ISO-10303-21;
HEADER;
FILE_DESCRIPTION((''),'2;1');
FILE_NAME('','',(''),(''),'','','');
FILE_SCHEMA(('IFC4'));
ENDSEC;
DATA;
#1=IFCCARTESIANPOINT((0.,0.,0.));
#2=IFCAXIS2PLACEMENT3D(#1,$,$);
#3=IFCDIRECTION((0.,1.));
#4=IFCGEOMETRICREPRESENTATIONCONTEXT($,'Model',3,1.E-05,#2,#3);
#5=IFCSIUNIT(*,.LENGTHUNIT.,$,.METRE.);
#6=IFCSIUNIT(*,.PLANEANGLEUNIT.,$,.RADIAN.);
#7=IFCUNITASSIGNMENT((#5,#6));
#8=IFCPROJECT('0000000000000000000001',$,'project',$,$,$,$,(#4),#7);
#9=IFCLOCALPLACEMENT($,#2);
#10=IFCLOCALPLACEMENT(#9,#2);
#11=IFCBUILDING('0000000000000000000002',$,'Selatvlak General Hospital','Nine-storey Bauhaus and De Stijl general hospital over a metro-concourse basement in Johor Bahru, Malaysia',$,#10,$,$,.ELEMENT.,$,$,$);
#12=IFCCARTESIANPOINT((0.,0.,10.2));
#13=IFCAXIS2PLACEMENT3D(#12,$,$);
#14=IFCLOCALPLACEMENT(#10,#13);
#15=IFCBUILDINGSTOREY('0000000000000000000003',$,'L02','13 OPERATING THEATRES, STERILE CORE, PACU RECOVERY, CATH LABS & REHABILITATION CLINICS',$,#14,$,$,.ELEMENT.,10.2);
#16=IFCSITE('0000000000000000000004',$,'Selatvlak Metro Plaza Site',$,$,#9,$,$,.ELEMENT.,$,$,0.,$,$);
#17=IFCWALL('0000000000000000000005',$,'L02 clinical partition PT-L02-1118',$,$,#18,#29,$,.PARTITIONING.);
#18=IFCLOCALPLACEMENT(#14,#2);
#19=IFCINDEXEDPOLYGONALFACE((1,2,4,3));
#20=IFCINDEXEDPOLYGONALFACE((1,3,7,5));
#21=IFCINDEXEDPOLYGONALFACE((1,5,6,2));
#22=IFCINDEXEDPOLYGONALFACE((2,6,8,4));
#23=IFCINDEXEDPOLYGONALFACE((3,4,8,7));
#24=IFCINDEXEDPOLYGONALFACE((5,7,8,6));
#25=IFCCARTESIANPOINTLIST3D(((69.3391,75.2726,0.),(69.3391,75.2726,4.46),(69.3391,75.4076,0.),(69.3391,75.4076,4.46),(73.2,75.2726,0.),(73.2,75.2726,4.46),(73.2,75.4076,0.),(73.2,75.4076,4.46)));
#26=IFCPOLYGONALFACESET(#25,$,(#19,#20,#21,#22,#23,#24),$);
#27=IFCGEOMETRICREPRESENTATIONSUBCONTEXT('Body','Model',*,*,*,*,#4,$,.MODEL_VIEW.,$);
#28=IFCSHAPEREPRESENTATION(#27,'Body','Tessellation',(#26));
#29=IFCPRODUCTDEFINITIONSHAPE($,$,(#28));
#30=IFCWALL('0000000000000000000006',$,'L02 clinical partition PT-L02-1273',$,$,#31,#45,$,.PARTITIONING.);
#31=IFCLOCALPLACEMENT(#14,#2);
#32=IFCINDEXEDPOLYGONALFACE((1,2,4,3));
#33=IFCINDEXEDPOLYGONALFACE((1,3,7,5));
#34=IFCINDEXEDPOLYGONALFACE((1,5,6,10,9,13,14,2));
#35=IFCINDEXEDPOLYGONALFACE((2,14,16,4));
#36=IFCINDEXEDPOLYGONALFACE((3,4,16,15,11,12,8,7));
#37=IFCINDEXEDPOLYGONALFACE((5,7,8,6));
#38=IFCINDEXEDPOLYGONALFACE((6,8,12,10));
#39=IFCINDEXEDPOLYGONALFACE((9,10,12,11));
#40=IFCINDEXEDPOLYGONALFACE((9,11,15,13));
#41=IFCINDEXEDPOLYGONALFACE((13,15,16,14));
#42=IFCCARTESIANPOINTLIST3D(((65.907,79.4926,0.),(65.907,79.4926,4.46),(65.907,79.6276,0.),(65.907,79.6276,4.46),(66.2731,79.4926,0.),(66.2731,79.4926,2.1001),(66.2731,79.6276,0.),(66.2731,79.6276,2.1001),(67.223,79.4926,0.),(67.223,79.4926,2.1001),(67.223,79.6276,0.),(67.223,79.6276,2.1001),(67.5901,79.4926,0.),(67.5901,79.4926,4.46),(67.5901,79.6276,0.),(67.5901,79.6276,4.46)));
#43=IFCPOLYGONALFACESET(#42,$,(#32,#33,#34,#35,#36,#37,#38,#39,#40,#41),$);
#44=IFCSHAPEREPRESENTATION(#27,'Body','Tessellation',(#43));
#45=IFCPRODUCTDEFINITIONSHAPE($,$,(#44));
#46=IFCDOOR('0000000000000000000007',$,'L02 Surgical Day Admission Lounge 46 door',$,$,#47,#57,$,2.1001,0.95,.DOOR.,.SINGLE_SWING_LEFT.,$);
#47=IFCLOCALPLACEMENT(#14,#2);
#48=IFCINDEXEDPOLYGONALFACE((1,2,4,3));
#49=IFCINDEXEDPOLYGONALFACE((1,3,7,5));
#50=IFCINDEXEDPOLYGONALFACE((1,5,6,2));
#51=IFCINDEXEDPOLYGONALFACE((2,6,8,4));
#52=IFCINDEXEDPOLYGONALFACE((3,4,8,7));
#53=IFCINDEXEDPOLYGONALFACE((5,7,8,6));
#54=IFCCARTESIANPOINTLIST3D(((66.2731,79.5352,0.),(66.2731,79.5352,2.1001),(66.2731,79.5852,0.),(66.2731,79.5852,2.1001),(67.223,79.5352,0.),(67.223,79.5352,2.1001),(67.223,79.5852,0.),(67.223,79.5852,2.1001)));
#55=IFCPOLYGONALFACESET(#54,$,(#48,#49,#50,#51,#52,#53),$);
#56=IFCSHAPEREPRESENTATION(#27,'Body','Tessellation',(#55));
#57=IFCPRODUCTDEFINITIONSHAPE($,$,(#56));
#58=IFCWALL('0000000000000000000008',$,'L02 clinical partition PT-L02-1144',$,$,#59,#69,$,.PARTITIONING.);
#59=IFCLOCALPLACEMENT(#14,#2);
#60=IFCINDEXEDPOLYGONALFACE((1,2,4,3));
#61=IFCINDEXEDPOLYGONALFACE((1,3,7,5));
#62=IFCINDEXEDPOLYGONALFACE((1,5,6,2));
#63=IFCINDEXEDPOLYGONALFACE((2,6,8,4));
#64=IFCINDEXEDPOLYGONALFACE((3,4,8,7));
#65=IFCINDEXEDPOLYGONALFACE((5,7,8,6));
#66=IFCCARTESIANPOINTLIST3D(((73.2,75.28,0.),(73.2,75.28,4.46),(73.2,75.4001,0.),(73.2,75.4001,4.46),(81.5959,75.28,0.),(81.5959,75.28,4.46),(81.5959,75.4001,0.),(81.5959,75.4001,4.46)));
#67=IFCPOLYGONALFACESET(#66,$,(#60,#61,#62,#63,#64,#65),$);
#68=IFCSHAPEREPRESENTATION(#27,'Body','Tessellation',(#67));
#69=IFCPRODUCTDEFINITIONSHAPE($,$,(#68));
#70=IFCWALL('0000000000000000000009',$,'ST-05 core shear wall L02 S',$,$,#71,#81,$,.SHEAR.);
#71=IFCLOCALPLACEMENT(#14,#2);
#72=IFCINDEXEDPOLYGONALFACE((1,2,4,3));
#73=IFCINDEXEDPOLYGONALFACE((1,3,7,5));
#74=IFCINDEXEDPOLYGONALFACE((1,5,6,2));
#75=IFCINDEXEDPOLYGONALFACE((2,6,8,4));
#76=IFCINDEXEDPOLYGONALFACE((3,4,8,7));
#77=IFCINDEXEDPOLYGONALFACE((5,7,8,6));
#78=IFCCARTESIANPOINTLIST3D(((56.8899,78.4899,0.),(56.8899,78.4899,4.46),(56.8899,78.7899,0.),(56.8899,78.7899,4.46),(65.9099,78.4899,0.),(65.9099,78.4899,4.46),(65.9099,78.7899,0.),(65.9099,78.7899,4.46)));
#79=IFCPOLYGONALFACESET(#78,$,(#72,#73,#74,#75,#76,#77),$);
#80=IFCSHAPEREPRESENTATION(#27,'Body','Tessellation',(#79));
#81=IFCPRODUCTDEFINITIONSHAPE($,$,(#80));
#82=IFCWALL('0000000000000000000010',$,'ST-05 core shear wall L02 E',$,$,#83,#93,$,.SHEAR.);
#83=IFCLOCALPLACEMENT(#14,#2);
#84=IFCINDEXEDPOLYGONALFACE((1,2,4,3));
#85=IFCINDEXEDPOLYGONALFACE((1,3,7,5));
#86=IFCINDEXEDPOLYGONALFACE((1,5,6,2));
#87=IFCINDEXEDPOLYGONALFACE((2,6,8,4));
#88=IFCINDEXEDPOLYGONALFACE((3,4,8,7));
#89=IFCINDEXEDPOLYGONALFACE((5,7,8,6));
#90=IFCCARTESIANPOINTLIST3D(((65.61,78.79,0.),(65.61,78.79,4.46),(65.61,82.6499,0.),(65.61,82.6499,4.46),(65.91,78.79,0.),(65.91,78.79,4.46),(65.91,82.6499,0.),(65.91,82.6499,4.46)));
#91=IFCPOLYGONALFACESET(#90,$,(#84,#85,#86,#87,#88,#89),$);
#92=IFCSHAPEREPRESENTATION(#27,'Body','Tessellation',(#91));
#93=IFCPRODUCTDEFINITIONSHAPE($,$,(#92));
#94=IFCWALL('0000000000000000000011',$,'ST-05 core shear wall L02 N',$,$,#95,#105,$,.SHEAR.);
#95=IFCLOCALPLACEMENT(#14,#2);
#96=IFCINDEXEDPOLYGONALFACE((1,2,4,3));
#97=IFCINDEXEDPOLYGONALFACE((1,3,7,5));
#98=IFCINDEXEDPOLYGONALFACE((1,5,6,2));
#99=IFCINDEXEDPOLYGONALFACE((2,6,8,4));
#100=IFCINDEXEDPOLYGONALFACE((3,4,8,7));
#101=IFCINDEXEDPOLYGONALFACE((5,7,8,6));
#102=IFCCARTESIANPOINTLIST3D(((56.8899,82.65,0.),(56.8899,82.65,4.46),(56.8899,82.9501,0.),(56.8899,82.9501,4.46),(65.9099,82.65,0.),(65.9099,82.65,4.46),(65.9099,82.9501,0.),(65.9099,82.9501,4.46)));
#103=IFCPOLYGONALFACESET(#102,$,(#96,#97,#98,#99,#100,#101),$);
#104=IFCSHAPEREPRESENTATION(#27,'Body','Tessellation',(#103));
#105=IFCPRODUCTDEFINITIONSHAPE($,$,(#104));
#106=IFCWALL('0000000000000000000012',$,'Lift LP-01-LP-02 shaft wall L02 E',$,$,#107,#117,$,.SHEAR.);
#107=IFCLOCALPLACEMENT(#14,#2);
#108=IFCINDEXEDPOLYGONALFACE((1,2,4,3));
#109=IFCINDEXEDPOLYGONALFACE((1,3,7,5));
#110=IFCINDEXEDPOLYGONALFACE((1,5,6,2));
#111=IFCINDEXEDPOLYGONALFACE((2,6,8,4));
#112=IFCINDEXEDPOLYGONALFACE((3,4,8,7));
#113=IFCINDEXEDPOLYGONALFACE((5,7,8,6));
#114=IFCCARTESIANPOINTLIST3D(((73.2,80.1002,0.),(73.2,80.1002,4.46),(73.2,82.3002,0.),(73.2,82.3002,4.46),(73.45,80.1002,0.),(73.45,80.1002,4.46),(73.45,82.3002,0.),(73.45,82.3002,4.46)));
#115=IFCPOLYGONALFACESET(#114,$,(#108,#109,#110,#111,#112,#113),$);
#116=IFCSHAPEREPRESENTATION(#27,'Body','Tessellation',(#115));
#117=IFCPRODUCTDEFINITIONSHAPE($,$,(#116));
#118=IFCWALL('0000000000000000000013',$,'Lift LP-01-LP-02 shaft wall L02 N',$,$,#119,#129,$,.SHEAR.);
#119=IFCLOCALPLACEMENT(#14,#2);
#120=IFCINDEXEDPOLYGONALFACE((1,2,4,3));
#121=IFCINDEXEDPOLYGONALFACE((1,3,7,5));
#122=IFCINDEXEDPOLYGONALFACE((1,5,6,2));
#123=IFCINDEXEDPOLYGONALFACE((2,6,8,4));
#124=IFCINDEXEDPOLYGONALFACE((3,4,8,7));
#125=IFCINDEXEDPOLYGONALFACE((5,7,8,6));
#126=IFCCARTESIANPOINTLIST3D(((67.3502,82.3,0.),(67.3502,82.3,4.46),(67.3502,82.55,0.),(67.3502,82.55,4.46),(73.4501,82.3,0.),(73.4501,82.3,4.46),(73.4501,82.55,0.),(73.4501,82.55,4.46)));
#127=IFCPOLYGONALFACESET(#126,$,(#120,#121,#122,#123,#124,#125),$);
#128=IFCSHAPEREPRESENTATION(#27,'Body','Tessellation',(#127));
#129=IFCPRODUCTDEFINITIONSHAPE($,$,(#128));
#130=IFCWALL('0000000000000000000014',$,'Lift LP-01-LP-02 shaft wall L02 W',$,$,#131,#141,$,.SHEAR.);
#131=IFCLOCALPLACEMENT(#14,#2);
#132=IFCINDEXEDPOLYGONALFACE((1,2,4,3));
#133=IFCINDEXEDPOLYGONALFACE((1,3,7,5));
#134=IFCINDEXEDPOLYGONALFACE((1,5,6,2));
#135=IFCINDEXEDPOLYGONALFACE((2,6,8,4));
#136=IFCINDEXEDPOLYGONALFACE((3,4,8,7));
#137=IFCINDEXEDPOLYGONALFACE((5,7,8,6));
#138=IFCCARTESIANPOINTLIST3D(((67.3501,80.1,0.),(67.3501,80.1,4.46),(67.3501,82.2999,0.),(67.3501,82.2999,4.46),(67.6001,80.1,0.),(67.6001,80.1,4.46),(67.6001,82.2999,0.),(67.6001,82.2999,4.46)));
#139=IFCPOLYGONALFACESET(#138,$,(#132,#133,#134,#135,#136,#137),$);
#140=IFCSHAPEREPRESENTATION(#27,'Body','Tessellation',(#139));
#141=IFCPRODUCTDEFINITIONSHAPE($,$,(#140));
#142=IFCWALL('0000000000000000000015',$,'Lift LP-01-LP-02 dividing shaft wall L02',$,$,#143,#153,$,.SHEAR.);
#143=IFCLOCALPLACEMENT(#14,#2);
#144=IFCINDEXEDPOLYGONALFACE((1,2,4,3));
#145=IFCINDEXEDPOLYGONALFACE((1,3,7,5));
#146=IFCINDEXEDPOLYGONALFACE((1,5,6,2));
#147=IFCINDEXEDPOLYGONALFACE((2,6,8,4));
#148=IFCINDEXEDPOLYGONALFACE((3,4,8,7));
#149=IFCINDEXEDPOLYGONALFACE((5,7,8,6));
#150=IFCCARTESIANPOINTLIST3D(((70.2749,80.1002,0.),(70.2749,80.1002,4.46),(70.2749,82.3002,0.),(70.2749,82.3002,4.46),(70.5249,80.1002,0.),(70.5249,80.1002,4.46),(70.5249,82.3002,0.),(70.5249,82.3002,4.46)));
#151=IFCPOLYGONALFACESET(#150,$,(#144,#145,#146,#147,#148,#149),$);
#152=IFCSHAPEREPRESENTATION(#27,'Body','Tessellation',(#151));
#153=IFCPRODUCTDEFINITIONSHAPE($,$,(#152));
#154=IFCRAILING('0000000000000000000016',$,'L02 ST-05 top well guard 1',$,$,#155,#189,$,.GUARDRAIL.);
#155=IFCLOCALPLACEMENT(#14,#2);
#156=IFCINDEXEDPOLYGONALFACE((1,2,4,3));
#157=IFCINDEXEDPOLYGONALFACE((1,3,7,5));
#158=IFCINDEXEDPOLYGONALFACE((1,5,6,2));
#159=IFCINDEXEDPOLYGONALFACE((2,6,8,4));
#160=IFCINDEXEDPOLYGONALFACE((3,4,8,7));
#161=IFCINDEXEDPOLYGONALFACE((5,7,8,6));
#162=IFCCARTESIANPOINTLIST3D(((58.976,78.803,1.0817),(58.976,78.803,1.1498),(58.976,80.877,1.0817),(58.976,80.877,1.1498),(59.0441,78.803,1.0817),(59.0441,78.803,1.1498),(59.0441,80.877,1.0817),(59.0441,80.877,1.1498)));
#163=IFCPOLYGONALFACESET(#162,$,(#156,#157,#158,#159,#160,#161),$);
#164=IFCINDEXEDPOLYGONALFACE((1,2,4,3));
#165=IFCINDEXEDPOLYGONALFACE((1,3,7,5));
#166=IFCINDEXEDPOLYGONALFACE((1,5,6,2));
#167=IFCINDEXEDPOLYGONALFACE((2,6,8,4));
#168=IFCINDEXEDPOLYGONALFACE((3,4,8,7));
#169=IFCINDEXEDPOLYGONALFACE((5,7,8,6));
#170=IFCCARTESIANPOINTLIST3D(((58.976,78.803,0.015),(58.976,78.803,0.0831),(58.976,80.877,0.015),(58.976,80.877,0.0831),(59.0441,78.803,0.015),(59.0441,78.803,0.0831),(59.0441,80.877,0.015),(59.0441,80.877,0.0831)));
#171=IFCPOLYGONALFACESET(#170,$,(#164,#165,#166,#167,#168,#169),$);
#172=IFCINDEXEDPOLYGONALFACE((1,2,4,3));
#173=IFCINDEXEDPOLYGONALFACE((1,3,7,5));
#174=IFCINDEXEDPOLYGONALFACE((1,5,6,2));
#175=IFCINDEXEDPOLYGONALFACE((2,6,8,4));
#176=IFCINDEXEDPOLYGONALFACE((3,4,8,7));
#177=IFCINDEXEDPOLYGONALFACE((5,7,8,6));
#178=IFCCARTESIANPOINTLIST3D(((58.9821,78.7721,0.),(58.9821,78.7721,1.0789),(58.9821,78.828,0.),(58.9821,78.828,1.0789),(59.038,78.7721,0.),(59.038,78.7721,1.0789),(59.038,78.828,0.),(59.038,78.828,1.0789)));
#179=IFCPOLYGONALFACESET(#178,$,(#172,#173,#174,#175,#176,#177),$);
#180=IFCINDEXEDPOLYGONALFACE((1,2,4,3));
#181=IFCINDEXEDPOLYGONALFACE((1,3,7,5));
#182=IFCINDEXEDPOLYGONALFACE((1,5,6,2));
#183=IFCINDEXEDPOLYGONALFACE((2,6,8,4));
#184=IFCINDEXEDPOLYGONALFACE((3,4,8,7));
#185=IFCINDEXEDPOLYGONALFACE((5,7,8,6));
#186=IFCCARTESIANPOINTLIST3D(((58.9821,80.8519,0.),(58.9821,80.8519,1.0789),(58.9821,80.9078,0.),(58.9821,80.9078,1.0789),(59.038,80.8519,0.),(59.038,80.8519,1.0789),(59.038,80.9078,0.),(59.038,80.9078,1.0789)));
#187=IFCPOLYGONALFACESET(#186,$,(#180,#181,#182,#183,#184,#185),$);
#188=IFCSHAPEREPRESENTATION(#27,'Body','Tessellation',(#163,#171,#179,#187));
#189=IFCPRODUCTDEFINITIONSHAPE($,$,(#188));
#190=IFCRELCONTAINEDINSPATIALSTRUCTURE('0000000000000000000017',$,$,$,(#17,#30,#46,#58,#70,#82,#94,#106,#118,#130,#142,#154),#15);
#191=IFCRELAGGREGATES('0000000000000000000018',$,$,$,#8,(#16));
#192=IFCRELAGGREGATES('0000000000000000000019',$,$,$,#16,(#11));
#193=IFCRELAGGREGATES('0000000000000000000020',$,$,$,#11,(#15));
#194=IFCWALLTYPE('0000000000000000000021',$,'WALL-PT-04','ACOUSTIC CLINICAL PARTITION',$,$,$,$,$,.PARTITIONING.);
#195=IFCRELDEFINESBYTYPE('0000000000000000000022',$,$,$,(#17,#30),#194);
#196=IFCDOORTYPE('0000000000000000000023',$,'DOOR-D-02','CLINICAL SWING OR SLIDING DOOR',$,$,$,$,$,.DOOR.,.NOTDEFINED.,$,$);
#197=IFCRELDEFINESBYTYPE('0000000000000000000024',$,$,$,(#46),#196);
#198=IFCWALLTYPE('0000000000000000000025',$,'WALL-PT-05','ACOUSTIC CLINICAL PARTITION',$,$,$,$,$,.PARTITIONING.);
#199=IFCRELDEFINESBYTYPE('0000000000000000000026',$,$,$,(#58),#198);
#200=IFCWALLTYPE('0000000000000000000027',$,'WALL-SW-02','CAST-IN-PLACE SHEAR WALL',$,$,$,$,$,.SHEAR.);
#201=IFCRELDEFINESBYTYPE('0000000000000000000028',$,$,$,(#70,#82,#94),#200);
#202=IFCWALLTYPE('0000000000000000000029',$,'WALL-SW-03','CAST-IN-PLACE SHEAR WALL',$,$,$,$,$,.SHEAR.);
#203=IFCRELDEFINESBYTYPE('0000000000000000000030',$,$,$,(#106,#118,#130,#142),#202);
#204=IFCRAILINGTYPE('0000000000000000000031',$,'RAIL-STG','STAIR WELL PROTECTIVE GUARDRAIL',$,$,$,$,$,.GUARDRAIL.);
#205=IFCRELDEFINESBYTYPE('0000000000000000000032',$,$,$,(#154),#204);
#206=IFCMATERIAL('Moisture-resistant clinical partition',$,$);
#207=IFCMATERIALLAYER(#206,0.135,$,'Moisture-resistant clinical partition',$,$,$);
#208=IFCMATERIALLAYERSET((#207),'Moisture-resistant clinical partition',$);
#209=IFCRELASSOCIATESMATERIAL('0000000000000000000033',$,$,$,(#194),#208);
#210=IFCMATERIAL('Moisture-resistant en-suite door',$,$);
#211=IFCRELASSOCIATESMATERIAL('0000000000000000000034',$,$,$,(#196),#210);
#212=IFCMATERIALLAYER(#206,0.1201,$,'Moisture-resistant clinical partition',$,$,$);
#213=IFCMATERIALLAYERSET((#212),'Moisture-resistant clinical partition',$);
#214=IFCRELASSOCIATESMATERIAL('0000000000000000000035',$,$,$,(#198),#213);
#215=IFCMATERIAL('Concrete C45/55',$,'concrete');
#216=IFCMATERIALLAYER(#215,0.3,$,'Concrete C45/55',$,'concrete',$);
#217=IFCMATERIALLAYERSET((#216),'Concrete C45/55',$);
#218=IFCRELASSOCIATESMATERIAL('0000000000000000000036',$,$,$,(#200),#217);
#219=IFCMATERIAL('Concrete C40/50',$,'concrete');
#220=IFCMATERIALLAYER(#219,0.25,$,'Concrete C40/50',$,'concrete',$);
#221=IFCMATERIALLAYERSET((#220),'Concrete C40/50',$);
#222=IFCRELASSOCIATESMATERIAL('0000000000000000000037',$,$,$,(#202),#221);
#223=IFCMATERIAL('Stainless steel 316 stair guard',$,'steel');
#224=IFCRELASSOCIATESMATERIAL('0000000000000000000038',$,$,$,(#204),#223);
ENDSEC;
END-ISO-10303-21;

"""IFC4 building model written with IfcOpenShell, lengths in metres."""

from ifc_helpers import new_model, si_unit, direction, frame, frame_2d, origin, origin_2d, place, context, subcontext, project, spatial, rectangle, extrude, material, layer, layer_set, type_object, element, fill, save


model = new_model("IFC4")

# Units and contexts
model_context = context("Model", 3, precision=1e-05, world=origin(), true_north=direction((0.0, 1.0)))
body_context = subcontext(model_context, "Body", "Model", "MODEL_VIEW")
ifc_project = project(units=[si_unit("LENGTHUNIT", "METRE"), si_unit("PLANEANGLEUNIT", "RADIAN")], contexts=[model_context])

# Site, building, storey
site_placement = place(None, origin())
site = spatial("IfcSite", under=ifc_project, at=site_placement, Name="Selatvlak Metro Plaza Site", CompositionType="ELEMENT", RefElevation=0.0)
building_placement = place(site_placement, origin())
building = spatial("IfcBuilding", under=site, at=building_placement, Name="Selatvlak General Hospital", Description="Nine-storey Bauhaus and De Stijl general hospital over a metro-concourse basement in Johor Bahru, Malaysia", CompositionType="ELEMENT")
storey_placement = place(building_placement, frame((0.0, 0.0, 10.2)))
storey = spatial("IfcBuildingStorey", under=building, at=storey_placement, Name="L02", Description="13 OPERATING THEATRES, STERILE CORE, PACU RECOVERY, CATH LABS & REHABILITATION CLINICS", CompositionType="ELEMENT", Elevation=10.2)

# Shared definitions
ifc_material_1 = material(Name="Concrete C40/50", Category="concrete")

# Wall
ifc_material_2 = material(Name="Moisture-resistant clinical partition")
ifc_layer_1 = layer(ifc_material_2, 0.135, Name="Moisture-resistant clinical partition")
ifc_layer_set_1 = layer_set([ifc_layer_1], Name="Moisture-resistant clinical partition")
wall_type_1 = type_object("IfcWallType", Name="WALL-PT-04", Description="ACOUSTIC CLINICAL PARTITION", PredefinedType="PARTITIONING", material=ifc_layer_set_1)
wall_1_placement = place(storey_placement, frame((69.3391, 75.3401, 0.0), z_axis=(0.0, 0.0, 1.0), x_axis=(1.0, 0.0, 0.0)))
element("IfcWall", 1, at=wall_1_placement, inside=storey, type_object=wall_type_1, Name="L02 clinical partition PT-L02-1118", PredefinedType="PARTITIONING", context=body_context, shape_type="SweptSolid", body=[
    extrude(rectangle(XDim=3.8608, YDim=0.135, at=frame_2d((1.9304, 0.0))), origin(), (0.0, 0.0, 1.0), 4.46),
])

# Wall, opening, door
wall_2_placement = place(storey_placement, frame((67.5901, 79.5601, 0.0), z_axis=(0.0, 0.0, 1.0), x_axis=(-1.0, 0.0, 0.0)))
wall_2 = element("IfcWall", 2, at=wall_2_placement, inside=storey, type_object=wall_type_1, Name="L02 clinical partition PT-L02-1273", PredefinedType="PARTITIONING", context=body_context, shape_type="SweptSolid", body=[
    extrude(rectangle(XDim=1.6831, YDim=0.135, at=frame_2d((0.8416, 0.0))), origin(), (0.0, 0.0, 1.0), 4.46),
])
opening_1_placement = place(wall_2_placement, frame((0.3669, 0.0, 0.0)))
opening_1 = element("IfcOpeningElement", 3, at=opening_1_placement, cuts=wall_2, PredefinedType="OPENING", context=body_context, shape_type="SweptSolid", body=[
    extrude(rectangle(XDim=0.95, YDim=2.1001, at=frame_2d((0.4751, 1.05))), frame((0.0, 0.0774, 0.0), z_axis=(0.0, -1.0, 0.0), x_axis=(1.0, 0.0, 0.0)), (0.0, 0.0, 1.0), 0.155),
])
ifc_material_3 = material(Name="Moisture-resistant en-suite door")
door_type_1 = type_object("IfcDoorType", Name="DOOR-D-02", Description="CLINICAL SWING OR SLIDING DOOR", OperationType="NOTDEFINED", PredefinedType="DOOR", material=ifc_material_3)
door_1_placement = place(opening_1_placement, origin())
door_1 = element("IfcDoor", 4, at=door_1_placement, inside=storey, type_object=door_type_1, Name="L02 Surgical Day Admission Lounge 46 door", OperationType="SINGLE_SWING_LEFT", OverallHeight=2.1001, OverallWidth=0.95, PredefinedType="DOOR", context=body_context, shape_type="SweptSolid", body=[
    extrude(rectangle(XDim=0.95, YDim=2.1001, at=frame_2d((0.4751, 1.05))), frame((0.0, 0.0249, 0.0), z_axis=(0.0, -1.0, 0.0), x_axis=(1.0, 0.0, 0.0)), (0.0, 0.0, 1.0), 0.05),
])
fill(opening_1, door_1)

# Walls
ifc_layer_2 = layer(ifc_material_2, 0.1201, Name="Moisture-resistant clinical partition")
ifc_layer_set_2 = layer_set([ifc_layer_2], Name="Moisture-resistant clinical partition")
wall_type_2 = type_object("IfcWallType", Name="WALL-PT-05", Description="ACOUSTIC CLINICAL PARTITION", PredefinedType="PARTITIONING", material=ifc_layer_set_2)
wall_3_placement = place(storey_placement, frame((73.2, 75.3401, 0.0), z_axis=(0.0, 0.0, 1.0), x_axis=(1.0, 0.0, 0.0)))
element("IfcWall", 5, at=wall_3_placement, inside=storey, type_object=wall_type_2, Name="L02 clinical partition PT-L02-1144", PredefinedType="PARTITIONING", context=body_context, shape_type="SweptSolid", body=[
    extrude(rectangle(XDim=8.396, YDim=0.1201, at=frame_2d((4.198, 0.0))), origin(), (0.0, 0.0, 1.0), 4.46),
])
ifc_material_4 = material(Name="Concrete C45/55", Category="concrete")
ifc_layer_3 = layer(ifc_material_4, 0.3, Name="Concrete C45/55", Category="concrete")
ifc_layer_set_3 = layer_set([ifc_layer_3], Name="Concrete C45/55")
wall_type_3 = type_object("IfcWallType", Name="WALL-SW-02", Description="CAST-IN-PLACE SHEAR WALL", PredefinedType="SHEAR", material=ifc_layer_set_3)
wall_4_placement = place(storey_placement, frame((56.8899, 78.6399, 0.0), z_axis=(0.0, 0.0, 1.0), x_axis=(1.0, 0.0, 0.0)))
element("IfcWall", 6, at=wall_4_placement, inside=storey, type_object=wall_type_3, Name="ST-05 core shear wall L02 S", PredefinedType="SHEAR", context=body_context, shape_type="SweptSolid", body=[
    extrude(rectangle(XDim=9.02, YDim=0.3, at=frame_2d((4.51, 0.0))), origin(), (0.0, 0.0, 1.0), 4.46),
])
wall_5_placement = place(storey_placement, frame((65.76, 78.79, 0.0), z_axis=(0.0, 0.0, 1.0), x_axis=(0.0, 1.0, 0.0)))
element("IfcWall", 7, at=wall_5_placement, inside=storey, type_object=wall_type_3, Name="ST-05 core shear wall L02 E", PredefinedType="SHEAR", context=body_context, shape_type="SweptSolid", body=[
    extrude(rectangle(XDim=3.8599, YDim=0.3, at=frame_2d((1.9299, 0.0))), origin(), (0.0, 0.0, 1.0), 4.46),
])
wall_6_placement = place(storey_placement, frame((65.9099, 82.8, 0.0), z_axis=(0.0, 0.0, 1.0), x_axis=(-1.0, 0.0, 0.0)))
element("IfcWall", 8, at=wall_6_placement, inside=storey, type_object=wall_type_3, Name="ST-05 core shear wall L02 N", PredefinedType="SHEAR", context=body_context, shape_type="SweptSolid", body=[
    extrude(rectangle(XDim=9.02, YDim=0.3, at=frame_2d((4.51, 0.0))), origin(), (0.0, 0.0, 1.0), 4.46),
])

# Shared definitions
ifc_layer_4 = layer(ifc_material_1, 0.25, Name="Concrete C40/50", Category="concrete")
ifc_layer_set_4 = layer_set([ifc_layer_4], Name="Concrete C40/50")
wall_type_4 = type_object("IfcWallType", Name="WALL-SW-03", Description="CAST-IN-PLACE SHEAR WALL", PredefinedType="SHEAR", material=ifc_layer_set_4)

# Walls
wall_7_placement = place(storey_placement, frame((73.325, 80.1001, 0.0), z_axis=(0.0, 0.0, 1.0), x_axis=(0.0, 1.0, 0.0)))
element("IfcWall", 9, at=wall_7_placement, inside=storey, type_object=wall_type_4, Name="Lift LP-01-LP-02 shaft wall L02 E", PredefinedType="SHEAR", context=body_context, shape_type="SweptSolid", body=[
    extrude(rectangle(XDim=2.2, YDim=0.25, at=frame_2d((1.1001, 0.0))), origin(), (0.0, 0.0, 1.0), 4.46),
])
wall_8_placement = place(storey_placement, frame((73.45, 82.425, 0.0), z_axis=(0.0, 0.0, 1.0), x_axis=(-1.0, 0.0, 0.0)))
element("IfcWall", 10, at=wall_8_placement, inside=storey, type_object=wall_type_4, Name="Lift LP-01-LP-02 shaft wall L02 N", PredefinedType="SHEAR", context=body_context, shape_type="SweptSolid", body=[
    extrude(rectangle(XDim=6.0999, YDim=0.25, at=frame_2d((3.0498, 0.0))), origin(), (0.0, 0.0, 1.0), 4.46),
])
for number, where, z_axis, x_axis, name in (
    (11, (67.4751, 82.3, 0.0), (0.0, 0.0, 1.0), (0.0, -1.0, 0.0), "Lift LP-01-LP-02 shaft wall L02 W"),
    (12, (70.3999, 80.1001, 0.0), (0.0, 0.0, 1.0), (0.0, 1.0, 0.0), "Lift LP-01-LP-02 dividing shaft wall L02"),
):
    element("IfcWall", number, at=place(storey_placement, frame(where, z_axis=z_axis, x_axis=x_axis)), inside=storey, type_object=wall_type_4, Name=name, PredefinedType="SHEAR", context=body_context, shape_type="SweptSolid", body=[
        extrude(rectangle(XDim=2.2, YDim=0.25, at=frame_2d((1.1001, 0.0))), origin(), (0.0, 0.0, 1.0), 4.46),
    ])

# Railing
ifc_material_5 = material(Name="Stainless steel 316 stair guard", Category="steel")
railing_type = type_object("IfcRailingType", Name="RAIL-STG", Description="STAIR WELL PROTECTIVE GUARDRAIL", PredefinedType="GUARDRAIL", material=ifc_material_5)
railing_1_placement = place(storey_placement, frame((59.01, 78.8, 0.0)))
element("IfcRailing", 13, at=railing_1_placement, inside=storey, type_object=railing_type, Name="L02 ST-05 top well guard 1", PredefinedType="GUARDRAIL", context=body_context, shape_type="SweptSolid", body=[
    extrude(rectangle(XDim=0.0681, YDim=0.0681, at=origin_2d()), frame((0.0, 0.0029, 1.1157), z_axis=(0.0, 1.0, 0.0), x_axis=(-1.0, 0.0, 0.0)), (0.0, 0.0, 1.0), 2.074),
    extrude(rectangle(XDim=0.0681, YDim=0.0681, at=origin_2d()), frame((0.0, 0.0029, 0.0491), z_axis=(0.0, 1.0, 0.0), x_axis=(-1.0, 0.0, 0.0)), (0.0, 0.0, 1.0), 2.074),
    extrude(rectangle(XDim=0.0559, YDim=0.0559, at=origin_2d()), origin(), (0.0, 0.0, 1.0), 1.0789),
    extrude(rectangle(XDim=0.0559, YDim=0.0559, at=origin_2d()), frame((0.0, 2.0798, 0.0)), (0.0, 0.0, 1.0), 1.0789),
])

save(model, "model.ifc")
